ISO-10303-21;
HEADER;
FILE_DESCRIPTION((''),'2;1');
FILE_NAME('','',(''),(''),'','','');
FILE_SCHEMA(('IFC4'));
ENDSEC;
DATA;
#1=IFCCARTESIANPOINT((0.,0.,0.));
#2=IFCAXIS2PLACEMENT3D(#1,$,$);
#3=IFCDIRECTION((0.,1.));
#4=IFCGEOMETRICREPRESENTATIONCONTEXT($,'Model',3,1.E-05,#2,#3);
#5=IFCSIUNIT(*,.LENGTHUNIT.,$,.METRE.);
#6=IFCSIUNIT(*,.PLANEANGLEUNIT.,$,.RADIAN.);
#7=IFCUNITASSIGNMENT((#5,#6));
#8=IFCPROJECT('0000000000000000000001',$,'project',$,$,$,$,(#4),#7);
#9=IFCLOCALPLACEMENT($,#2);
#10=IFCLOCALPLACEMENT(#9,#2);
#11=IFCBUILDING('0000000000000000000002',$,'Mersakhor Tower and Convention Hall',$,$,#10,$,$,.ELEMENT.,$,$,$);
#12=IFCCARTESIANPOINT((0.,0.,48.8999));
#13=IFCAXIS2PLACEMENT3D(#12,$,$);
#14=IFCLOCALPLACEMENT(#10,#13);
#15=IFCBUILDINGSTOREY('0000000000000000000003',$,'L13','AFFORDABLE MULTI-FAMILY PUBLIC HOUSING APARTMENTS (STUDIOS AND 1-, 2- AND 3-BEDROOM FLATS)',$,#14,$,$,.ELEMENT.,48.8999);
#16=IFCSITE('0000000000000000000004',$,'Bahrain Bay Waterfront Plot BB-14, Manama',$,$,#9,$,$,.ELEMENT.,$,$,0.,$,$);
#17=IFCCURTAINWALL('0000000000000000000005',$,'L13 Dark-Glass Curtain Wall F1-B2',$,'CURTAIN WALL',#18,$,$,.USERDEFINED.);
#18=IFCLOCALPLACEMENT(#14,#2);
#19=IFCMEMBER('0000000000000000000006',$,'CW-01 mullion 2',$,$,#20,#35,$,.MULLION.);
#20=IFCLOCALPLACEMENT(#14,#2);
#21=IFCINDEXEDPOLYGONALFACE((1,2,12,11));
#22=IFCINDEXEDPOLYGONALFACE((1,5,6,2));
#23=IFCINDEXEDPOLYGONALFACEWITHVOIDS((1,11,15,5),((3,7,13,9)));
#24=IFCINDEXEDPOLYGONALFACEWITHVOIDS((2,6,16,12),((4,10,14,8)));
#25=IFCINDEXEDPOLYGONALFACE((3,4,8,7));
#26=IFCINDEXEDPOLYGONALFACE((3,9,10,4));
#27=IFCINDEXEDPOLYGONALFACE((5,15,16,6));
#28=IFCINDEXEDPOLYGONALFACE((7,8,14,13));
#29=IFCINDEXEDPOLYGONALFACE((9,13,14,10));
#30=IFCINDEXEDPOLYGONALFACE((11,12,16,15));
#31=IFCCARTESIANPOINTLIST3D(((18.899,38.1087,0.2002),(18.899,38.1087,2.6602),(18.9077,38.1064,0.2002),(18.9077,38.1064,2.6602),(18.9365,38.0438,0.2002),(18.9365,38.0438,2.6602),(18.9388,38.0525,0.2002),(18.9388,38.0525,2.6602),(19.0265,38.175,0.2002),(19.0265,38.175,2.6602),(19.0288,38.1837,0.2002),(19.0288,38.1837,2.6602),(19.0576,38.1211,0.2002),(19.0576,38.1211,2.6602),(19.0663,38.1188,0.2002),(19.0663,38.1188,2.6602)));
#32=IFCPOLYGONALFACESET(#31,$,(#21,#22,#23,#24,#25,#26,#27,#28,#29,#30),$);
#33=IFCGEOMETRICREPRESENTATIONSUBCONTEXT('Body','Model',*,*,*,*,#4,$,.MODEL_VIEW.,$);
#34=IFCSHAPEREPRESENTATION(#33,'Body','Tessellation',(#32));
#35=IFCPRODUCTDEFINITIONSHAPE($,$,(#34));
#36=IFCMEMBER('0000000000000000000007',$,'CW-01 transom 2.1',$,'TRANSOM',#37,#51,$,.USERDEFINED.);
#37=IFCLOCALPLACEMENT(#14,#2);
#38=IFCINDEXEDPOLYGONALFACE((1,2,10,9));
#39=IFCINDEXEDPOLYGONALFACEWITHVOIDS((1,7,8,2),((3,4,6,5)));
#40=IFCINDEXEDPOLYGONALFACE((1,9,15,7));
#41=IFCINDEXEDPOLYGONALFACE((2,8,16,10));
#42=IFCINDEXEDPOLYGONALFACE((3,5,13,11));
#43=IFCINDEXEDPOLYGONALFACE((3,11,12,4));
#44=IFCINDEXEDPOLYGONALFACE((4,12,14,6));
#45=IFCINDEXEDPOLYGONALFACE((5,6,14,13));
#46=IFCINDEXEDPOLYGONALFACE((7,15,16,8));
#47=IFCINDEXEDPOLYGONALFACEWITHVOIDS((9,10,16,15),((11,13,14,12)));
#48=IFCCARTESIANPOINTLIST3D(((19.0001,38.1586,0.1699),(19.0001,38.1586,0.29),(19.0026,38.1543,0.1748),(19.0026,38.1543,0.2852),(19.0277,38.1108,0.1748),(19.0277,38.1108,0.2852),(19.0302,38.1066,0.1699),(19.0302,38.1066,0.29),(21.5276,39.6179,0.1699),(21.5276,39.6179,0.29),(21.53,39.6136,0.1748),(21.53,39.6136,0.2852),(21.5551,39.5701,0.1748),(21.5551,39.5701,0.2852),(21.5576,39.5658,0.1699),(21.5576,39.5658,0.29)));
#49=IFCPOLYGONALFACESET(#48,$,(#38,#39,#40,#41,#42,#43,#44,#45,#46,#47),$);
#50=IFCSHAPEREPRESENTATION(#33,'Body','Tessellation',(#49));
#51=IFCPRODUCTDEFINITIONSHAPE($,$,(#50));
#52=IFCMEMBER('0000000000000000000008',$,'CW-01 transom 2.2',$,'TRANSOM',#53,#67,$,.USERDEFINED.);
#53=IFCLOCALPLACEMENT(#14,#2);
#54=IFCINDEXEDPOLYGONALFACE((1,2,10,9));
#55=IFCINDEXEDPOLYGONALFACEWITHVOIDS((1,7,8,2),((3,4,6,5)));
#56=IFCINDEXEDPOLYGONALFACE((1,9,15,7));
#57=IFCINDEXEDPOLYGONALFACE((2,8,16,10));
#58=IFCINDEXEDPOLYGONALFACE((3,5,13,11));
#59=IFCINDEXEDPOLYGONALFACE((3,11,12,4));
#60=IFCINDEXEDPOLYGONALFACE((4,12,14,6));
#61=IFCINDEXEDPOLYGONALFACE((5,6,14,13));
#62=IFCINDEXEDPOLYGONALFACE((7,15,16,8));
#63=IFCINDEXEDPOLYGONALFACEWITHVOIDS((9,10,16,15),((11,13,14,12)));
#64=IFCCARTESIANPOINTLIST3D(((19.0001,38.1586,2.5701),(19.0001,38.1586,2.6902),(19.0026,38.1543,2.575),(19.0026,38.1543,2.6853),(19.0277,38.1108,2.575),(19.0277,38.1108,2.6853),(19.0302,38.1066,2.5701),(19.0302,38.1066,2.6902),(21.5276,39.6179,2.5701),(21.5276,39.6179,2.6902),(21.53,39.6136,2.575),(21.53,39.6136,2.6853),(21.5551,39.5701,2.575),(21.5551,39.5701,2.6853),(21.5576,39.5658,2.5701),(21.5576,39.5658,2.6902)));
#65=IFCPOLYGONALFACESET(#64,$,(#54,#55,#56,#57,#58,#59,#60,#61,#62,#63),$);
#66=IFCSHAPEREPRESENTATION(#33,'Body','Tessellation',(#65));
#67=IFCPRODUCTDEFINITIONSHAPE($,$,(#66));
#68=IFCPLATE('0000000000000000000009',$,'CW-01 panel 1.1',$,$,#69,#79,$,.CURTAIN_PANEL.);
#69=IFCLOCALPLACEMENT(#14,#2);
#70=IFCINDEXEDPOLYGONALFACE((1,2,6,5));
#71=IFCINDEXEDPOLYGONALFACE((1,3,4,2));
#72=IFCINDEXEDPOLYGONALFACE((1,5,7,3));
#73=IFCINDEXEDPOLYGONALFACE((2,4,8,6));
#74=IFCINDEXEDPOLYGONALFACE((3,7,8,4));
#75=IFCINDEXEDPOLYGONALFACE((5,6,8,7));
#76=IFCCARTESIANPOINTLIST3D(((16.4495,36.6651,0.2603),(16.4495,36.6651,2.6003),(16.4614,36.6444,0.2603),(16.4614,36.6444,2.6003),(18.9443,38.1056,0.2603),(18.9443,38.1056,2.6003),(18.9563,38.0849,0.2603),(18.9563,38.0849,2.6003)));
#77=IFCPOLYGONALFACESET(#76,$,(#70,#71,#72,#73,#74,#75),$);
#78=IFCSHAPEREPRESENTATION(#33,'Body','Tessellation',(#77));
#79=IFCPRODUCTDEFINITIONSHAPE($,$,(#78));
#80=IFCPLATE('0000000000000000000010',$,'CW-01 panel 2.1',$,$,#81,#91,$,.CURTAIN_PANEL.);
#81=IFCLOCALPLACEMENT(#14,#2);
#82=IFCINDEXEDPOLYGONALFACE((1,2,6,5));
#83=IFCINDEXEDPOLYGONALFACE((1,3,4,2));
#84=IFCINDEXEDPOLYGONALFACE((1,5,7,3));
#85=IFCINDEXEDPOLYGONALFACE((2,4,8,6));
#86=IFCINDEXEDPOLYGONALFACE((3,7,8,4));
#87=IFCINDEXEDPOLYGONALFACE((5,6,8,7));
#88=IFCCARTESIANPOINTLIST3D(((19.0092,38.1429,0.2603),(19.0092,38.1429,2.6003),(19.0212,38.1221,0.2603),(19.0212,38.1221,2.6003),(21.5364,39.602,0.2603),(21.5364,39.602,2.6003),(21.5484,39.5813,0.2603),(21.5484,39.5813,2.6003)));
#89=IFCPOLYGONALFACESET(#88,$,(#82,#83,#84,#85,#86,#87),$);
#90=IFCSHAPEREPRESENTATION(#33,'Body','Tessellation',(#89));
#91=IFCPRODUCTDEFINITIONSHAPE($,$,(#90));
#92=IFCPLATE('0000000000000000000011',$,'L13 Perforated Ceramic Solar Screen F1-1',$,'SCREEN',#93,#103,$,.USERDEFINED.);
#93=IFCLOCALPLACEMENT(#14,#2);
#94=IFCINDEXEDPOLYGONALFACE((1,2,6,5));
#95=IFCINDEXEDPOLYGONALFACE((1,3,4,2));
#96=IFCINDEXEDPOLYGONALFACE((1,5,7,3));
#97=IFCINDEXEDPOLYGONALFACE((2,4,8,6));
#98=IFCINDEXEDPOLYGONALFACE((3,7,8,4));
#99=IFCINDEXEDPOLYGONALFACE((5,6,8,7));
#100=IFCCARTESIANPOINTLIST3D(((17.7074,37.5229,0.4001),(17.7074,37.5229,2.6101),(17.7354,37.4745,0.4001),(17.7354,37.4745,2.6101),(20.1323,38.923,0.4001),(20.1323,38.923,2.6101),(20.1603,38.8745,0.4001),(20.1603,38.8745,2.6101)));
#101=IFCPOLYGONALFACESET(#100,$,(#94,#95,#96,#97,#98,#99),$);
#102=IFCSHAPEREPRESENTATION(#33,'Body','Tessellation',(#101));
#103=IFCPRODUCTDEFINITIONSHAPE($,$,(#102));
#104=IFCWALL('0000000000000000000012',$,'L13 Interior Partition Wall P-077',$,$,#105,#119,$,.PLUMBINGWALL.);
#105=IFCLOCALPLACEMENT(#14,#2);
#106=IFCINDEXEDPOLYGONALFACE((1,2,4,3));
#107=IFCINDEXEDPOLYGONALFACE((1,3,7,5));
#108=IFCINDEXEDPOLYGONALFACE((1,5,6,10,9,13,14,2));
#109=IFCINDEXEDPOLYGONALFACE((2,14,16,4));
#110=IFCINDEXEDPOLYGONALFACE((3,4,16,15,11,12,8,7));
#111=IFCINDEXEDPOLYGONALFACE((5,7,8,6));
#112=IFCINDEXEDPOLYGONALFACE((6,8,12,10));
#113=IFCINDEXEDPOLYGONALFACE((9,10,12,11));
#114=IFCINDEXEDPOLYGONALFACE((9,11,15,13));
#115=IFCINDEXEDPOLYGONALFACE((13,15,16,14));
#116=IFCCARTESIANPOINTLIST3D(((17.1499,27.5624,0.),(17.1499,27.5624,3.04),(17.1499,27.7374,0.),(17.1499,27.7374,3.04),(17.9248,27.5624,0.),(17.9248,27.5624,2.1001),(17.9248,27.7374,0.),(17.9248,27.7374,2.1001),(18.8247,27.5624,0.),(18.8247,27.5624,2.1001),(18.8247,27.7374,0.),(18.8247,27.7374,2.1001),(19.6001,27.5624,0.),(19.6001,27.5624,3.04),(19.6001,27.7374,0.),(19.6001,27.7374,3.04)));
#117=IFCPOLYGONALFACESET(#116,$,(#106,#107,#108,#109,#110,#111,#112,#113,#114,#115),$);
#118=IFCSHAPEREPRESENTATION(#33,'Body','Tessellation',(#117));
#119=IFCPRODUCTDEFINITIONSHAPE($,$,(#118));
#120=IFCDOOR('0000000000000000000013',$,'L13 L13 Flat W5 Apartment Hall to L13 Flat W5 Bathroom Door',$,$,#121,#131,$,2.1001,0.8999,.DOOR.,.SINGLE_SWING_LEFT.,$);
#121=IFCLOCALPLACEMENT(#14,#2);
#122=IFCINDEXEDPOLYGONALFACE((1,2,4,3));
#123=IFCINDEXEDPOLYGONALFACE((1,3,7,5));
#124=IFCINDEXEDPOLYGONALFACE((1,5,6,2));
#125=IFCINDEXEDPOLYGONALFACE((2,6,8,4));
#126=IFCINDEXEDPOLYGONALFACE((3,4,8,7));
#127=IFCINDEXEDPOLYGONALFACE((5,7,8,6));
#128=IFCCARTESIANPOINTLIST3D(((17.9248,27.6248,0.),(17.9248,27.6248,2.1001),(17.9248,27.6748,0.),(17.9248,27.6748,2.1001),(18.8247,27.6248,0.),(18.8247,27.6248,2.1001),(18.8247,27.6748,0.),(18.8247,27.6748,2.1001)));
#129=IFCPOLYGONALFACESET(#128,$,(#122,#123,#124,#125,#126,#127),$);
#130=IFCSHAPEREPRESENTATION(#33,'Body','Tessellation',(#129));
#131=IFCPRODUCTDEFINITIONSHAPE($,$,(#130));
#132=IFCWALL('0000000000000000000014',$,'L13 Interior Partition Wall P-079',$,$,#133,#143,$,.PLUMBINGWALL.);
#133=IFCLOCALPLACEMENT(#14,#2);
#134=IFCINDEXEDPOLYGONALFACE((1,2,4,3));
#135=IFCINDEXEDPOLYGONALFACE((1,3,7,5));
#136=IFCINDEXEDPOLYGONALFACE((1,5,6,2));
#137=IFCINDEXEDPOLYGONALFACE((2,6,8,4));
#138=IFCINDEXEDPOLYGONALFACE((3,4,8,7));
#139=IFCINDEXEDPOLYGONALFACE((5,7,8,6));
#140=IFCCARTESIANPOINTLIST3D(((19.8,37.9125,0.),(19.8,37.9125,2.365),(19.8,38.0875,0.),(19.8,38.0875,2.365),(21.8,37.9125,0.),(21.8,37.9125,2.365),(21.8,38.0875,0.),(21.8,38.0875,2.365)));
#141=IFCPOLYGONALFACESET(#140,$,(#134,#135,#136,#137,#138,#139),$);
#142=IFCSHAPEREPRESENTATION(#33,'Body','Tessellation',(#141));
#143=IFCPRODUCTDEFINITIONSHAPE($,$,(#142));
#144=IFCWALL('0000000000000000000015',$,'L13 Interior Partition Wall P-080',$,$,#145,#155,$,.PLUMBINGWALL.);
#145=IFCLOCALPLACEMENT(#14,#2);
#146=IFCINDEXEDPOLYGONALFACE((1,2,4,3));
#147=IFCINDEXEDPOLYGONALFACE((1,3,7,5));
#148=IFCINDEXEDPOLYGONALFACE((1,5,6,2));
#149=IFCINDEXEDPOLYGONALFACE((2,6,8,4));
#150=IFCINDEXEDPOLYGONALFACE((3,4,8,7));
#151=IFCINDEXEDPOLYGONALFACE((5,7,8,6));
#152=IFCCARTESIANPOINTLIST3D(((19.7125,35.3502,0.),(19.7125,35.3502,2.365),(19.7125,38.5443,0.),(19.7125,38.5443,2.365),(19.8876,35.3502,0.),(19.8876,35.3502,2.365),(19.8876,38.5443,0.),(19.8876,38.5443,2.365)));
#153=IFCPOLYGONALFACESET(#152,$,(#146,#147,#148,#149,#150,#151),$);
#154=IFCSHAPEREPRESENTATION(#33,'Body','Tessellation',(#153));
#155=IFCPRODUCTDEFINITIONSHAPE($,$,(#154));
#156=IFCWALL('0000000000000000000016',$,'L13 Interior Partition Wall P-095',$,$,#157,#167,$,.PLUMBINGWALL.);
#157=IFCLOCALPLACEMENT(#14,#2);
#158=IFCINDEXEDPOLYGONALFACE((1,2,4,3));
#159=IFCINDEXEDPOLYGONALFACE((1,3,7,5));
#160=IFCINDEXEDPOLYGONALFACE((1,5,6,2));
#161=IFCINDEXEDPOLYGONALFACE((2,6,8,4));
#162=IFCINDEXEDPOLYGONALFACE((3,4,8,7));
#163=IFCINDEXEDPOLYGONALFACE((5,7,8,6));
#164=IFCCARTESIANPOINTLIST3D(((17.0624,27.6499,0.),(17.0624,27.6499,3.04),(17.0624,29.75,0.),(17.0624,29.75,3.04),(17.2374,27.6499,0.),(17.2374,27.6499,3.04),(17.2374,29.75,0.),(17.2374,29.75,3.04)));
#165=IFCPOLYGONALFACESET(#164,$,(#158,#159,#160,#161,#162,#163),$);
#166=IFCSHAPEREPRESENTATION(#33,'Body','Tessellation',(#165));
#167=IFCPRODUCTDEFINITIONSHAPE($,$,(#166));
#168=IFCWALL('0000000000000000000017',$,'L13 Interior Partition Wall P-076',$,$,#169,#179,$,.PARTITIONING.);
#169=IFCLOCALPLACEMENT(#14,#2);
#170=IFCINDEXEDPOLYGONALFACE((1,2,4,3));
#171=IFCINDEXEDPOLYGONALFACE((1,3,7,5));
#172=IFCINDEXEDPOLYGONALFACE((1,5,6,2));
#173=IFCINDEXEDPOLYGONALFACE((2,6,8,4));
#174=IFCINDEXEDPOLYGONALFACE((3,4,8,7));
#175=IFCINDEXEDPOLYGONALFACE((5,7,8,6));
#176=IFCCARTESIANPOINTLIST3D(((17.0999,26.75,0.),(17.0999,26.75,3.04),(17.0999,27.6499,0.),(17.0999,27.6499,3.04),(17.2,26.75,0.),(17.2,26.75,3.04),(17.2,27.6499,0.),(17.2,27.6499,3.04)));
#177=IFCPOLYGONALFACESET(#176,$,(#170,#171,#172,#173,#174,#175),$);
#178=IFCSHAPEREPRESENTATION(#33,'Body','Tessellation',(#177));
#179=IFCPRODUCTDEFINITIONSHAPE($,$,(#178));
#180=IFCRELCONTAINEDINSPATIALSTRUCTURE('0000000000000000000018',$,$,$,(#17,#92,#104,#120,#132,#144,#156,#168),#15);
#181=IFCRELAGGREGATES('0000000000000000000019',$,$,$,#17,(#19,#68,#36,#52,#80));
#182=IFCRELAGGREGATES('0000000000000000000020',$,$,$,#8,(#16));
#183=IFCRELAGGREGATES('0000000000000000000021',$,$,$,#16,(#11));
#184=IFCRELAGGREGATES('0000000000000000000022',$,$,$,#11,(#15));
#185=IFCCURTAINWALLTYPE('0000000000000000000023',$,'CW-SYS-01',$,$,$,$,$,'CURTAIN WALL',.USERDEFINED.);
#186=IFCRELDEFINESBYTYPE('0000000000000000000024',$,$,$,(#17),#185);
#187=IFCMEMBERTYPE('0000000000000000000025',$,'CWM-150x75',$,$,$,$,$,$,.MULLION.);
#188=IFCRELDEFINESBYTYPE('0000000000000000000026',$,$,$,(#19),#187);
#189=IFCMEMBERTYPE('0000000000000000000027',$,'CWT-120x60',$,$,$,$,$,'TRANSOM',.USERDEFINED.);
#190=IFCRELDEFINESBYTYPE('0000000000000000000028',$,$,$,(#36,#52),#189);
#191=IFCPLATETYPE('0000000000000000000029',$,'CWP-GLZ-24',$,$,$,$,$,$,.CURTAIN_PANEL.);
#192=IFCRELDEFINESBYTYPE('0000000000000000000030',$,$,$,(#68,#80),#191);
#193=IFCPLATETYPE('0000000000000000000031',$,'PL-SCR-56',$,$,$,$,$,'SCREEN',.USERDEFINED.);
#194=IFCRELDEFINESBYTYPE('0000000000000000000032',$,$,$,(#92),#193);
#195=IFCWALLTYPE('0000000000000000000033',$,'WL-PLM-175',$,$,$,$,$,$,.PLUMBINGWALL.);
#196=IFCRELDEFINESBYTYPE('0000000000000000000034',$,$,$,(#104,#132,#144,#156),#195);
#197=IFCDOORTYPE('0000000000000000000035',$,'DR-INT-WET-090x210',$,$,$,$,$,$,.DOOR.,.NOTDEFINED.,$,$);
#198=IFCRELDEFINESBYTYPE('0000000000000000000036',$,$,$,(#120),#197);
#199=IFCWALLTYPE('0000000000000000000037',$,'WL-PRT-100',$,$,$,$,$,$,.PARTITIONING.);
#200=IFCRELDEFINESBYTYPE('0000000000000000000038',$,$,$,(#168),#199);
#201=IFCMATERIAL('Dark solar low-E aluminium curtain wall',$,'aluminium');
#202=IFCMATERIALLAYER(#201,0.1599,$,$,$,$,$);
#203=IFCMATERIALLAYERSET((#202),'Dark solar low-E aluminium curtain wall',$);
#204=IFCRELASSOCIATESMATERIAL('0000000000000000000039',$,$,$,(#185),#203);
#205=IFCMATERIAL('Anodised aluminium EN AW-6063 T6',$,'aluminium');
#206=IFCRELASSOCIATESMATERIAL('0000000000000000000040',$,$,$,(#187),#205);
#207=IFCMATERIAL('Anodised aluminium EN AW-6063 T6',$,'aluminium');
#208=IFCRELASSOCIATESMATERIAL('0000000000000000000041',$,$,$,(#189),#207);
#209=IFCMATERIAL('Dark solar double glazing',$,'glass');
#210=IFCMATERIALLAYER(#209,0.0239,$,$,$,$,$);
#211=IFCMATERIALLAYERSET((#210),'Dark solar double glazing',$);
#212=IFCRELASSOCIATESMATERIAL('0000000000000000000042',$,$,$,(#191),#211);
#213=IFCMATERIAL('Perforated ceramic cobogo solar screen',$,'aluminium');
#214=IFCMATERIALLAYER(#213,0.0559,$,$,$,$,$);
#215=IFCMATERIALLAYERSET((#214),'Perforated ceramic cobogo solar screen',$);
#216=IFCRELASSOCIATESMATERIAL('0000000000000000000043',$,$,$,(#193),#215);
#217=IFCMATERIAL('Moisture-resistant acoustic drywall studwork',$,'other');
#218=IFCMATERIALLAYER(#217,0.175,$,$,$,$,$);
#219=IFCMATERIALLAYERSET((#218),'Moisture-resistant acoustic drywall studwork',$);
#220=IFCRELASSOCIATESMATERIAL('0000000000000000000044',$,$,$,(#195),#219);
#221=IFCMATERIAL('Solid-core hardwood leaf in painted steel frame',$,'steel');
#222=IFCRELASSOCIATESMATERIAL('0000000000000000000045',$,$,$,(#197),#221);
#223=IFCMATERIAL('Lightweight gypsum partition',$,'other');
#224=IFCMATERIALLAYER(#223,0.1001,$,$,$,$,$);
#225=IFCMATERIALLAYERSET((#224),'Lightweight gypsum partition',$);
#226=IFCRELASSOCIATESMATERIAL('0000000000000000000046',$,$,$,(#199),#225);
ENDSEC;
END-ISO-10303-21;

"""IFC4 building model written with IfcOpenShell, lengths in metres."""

from ifc_helpers import new_model, si_unit, direction, frame, frame_2d, origin, origin_2d, place, context, subcontext, project, spatial, rectangle, hollow_rectangle, extrude, material, layer, layer_set, material_profile, profile_set, type_object, element, fill, aggregate, save


model = new_model("IFC4")

# Units and contexts
model_context = context("Model", 3, precision=1e-05, world=origin(), true_north=direction((0.0, 1.0)))
body_context = subcontext(model_context, "Body", "Model", "MODEL_VIEW")
ifc_project = project(units=[si_unit("LENGTHUNIT", "METRE"), si_unit("PLANEANGLEUNIT", "RADIAN")], contexts=[model_context])

# Site, building, storey
site_placement = place(None, origin())
site = spatial("IfcSite", under=ifc_project, at=site_placement, Name="Bahrain Bay Waterfront Plot BB-14, Manama", CompositionType="ELEMENT", RefElevation=0.0)
building_placement = place(site_placement, origin())
building = spatial("IfcBuilding", under=site, at=building_placement, Name="Mersakhor Tower and Convention Hall", CompositionType="ELEMENT")
storey_placement = place(building_placement, frame((0.0, 0.0, 48.8999)))
storey = spatial("IfcBuildingStorey", under=building, at=storey_placement, Name="L13", Description="AFFORDABLE MULTI-FAMILY PUBLIC HOUSING APARTMENTS (STUDIOS AND 1-, 2- AND 3-BEDROOM FLATS)", CompositionType="ELEMENT", Elevation=48.8999)

# Curtain wall, members, plates
ifc_material_1 = material(Name="Dark solar low-E aluminium curtain wall", Category="aluminium")
ifc_layer_1 = layer(ifc_material_1, 0.1599)
ifc_layer_set_1 = layer_set([ifc_layer_1], Name="Dark solar low-E aluminium curtain wall")
curtain_wall_type = type_object("IfcCurtainWallType", Name="CW-SYS-01", ElementType="CURTAIN WALL", PredefinedType="USERDEFINED", material=ifc_layer_set_1)
curtain_wall_placement = place(storey_placement, origin())
curtain_wall = element("IfcCurtainWall", 1, at=curtain_wall_placement, inside=storey, type_object=curtain_wall_type, Name="L13 Dark-Glass Curtain Wall F1-B2", ObjectType="CURTAIN WALL", PredefinedType="USERDEFINED")
ifc_material_2 = material(Name="Anodised aluminium EN AW-6063 T6", Category="aluminium")
ifc_material_profile_1 = material_profile(ifc_material_2, hollow_rectangle(XDim=0.075, YDim=0.1499, WallThickness=0.0063, at=origin_2d()), Name="RHS 150x75x6.3")
ifc_profile_set_1 = profile_set([ifc_material_profile_1], Name="Anodised aluminium EN AW-6063 T6")
member_type_1 = type_object("IfcMemberType", Name="CWM-150x75", PredefinedType="MULLION", material=ifc_profile_set_1)
member_1_placement = place(storey_placement, frame((18.9827, 38.1138, 0.2002), z_axis=(0.0, 0.0, 1.0), x_axis=(-0.500003, 0.866023, 0.0)))
member_1 = element("IfcMember", 2, at=member_1_placement, type_object=member_type_1, Name="CW-01 mullion 2", PredefinedType="MULLION", context=body_context, shape_type="SweptSolid", body=[
    extrude(hollow_rectangle(XDim=0.075, YDim=0.1499, WallThickness=0.0063, at=origin_2d()), origin(), (0.0, 0.0, 1.0), 2.46),
])
ifc_material_3 = material(Name="Anodised aluminium EN AW-6063 T6", Category="aluminium")
ifc_material_profile_2 = material_profile(ifc_material_3, hollow_rectangle(XDim=0.0601, YDim=0.1201, WallThickness=0.0049, at=origin_2d()), Name="RHS 120x60x5")
ifc_profile_set_2 = profile_set([ifc_material_profile_2], Name="Anodised aluminium EN AW-6063 T6")
member_type_2 = type_object("IfcMemberType", Name="CWT-120x60", ElementType="TRANSOM", PredefinedType="USERDEFINED", material=ifc_profile_set_2)
member_2_placement = place(storey_placement, frame((19.0151, 38.1326, 0.23), z_axis=(0.866016, 0.500017, 0.0), x_axis=(-0.500017, 0.866016, 0.0)))
member_2 = element("IfcMember", 3, at=member_2_placement, type_object=member_type_2, Name="CW-01 transom 2.1", ObjectType="TRANSOM", PredefinedType="USERDEFINED", context=body_context, shape_type="SweptSolid", body=[
    extrude(hollow_rectangle(XDim=0.0601, YDim=0.1201, WallThickness=0.0049, at=origin_2d()), origin(), (0.0, 0.0, 1.0), 2.9185),
])
member_3_placement = place(storey_placement, frame((19.0151, 38.1326, 2.6301), z_axis=(0.866016, 0.500017, 0.0), x_axis=(-0.500017, 0.866016, 0.0)))
member_3 = element("IfcMember", 4, at=member_3_placement, type_object=member_type_2, Name="CW-01 transom 2.2", ObjectType="TRANSOM", PredefinedType="USERDEFINED", context=body_context, shape_type="SweptSolid", body=[
    extrude(hollow_rectangle(XDim=0.0601, YDim=0.1201, WallThickness=0.0049, at=origin_2d()), origin(), (0.0, 0.0, 1.0), 2.9185),
])
ifc_material_4 = material(Name="Dark solar double glazing", Category="glass")
ifc_layer_2 = layer(ifc_material_4, 0.0239)
ifc_layer_set_2 = layer_set([ifc_layer_2], Name="Dark solar double glazing")
plate_type_1 = type_object("IfcPlateType", Name="CWP-GLZ-24", PredefinedType="CURTAIN_PANEL", material=ifc_layer_set_2)
plate_1_placement = place(storey_placement, frame((17.7029, 37.375, 0.2603), z_axis=(0.0, 0.0, 1.0), x_axis=(0.866023, 0.500003, 0.0)))
plate_1 = element("IfcPlate", 5, at=plate_1_placement, type_object=plate_type_1, Name="CW-01 panel 1.1", PredefinedType="CURTAIN_PANEL", context=body_context, shape_type="SweptSolid", body=[
    extrude(rectangle(XDim=2.8809, YDim=0.0239, at=origin_2d()), origin(), (0.0, 0.0, 1.0), 2.3401),
])
plate_2_placement = place(storey_placement, frame((20.2788, 38.8621, 0.2603), z_axis=(0.0, 0.0, 1.0), x_axis=(0.866023, 0.500003, 0.0)))
plate_2 = element("IfcPlate", 6, at=plate_2_placement, type_object=plate_type_1, Name="CW-01 panel 2.1", PredefinedType="CURTAIN_PANEL", context=body_context, shape_type="SweptSolid", body=[
    extrude(rectangle(XDim=2.9182, YDim=0.0239, at=origin_2d()), origin(), (0.0, 0.0, 1.0), 2.3401),
])
aggregate(curtain_wall, [member_1, plate_1, member_2, member_3, plate_2])

# Plate
ifc_material_5 = material(Name="Perforated ceramic cobogo solar screen", Category="aluminium")
ifc_layer_3 = layer(ifc_material_5, 0.0559)
ifc_layer_set_3 = layer_set([ifc_layer_3], Name="Perforated ceramic cobogo solar screen")
plate_type_2 = type_object("IfcPlateType", Name="PL-SCR-56", ElementType="SCREEN", PredefinedType="USERDEFINED", material=ifc_layer_set_3)
plate_3_placement = place(storey_placement, frame((18.9338, 38.1987, 0.4001), z_axis=(0.0, 0.0, 1.0), x_axis=(0.866025, 0.5, 0.0)))
element("IfcPlate", 7, at=plate_3_placement, inside=storey, type_object=plate_type_2, Name="L13 Perforated Ceramic Solar Screen F1-1", ObjectType="SCREEN", PredefinedType="USERDEFINED", context=body_context, shape_type="SweptSolid", body=[
    extrude(rectangle(XDim=2.8, YDim=0.0559, at=origin_2d()), origin(), (0.0, 0.0, 1.0), 2.21),
])

# Wall, opening, door
ifc_material_6 = material(Name="Moisture-resistant acoustic drywall studwork", Category="other")
ifc_layer_4 = layer(ifc_material_6, 0.175)
ifc_layer_set_4 = layer_set([ifc_layer_4], Name="Moisture-resistant acoustic drywall studwork")
wall_type_1 = type_object("IfcWallType", Name="WL-PLM-175", PredefinedType="PLUMBINGWALL", material=ifc_layer_set_4)
wall_1_placement = place(storey_placement, frame((17.1499, 27.6499, 0.0), z_axis=(0.0, 0.0, 1.0), x_axis=(1.0, 0.0, 0.0)))
wall_1 = element("IfcWall", 8, at=wall_1_placement, inside=storey, type_object=wall_type_1, Name="L13 Interior Partition Wall P-077", PredefinedType="PLUMBINGWALL", context=body_context, shape_type="SweptSolid", body=[
    extrude(rectangle(XDim=2.4502, YDim=0.175, at=frame_2d((1.2251, 0.0))), origin(), (0.0, 0.0, 1.0), 3.04),
])
opening_1_placement = place(wall_1_placement, frame((0.7749, 0.0, 0.0)))
opening_1 = element("IfcOpeningElement", 9, at=opening_1_placement, cuts=wall_1, PredefinedType="OPENING", context=body_context, shape_type="SweptSolid", body=[
    extrude(rectangle(XDim=0.8999, YDim=2.1001, at=frame_2d((0.45, 1.05))), frame((0.0, 0.0974, 0.0), z_axis=(0.0, -1.0, 0.0), x_axis=(1.0, 0.0, 0.0)), (0.0, 0.0, 1.0), 0.1951),
])
ifc_material_7 = material(Name="Solid-core hardwood leaf in painted steel frame", Category="steel")
door_type_1 = type_object("IfcDoorType", Name="DR-INT-WET-090x210", OperationType="NOTDEFINED", PredefinedType="DOOR", material=ifc_material_7)
door_1_placement = place(opening_1_placement, origin())
door_1 = element("IfcDoor", 10, at=door_1_placement, inside=storey, type_object=door_type_1, Name="L13 L13 Flat W5 Apartment Hall to L13 Flat W5 Bathroom Door", OperationType="SINGLE_SWING_LEFT", OverallHeight=2.1001, OverallWidth=0.8999, PredefinedType="DOOR", context=body_context, shape_type="SweptSolid", body=[
    extrude(rectangle(XDim=0.8999, YDim=2.1001, at=frame_2d((0.45, 1.05))), frame((0.0, 0.0249, 0.0), z_axis=(0.0, -1.0, 0.0), x_axis=(1.0, 0.0, 0.0)), (0.0, 0.0, 1.0), 0.05),
])
fill(opening_1, door_1)

# Walls
wall_2_placement = place(storey_placement, frame((19.8, 38.0, 0.0), z_axis=(0.0, 0.0, 1.0), x_axis=(1.0, 0.0, 0.0)))
element("IfcWall", 11, at=wall_2_placement, inside=storey, type_object=wall_type_1, Name="L13 Interior Partition Wall P-079", PredefinedType="PLUMBINGWALL", context=body_context, shape_type="SweptSolid", body=[
    extrude(rectangle(XDim=2.0, YDim=0.175, at=frame_2d((1.0, 0.0))), origin(), (0.0, 0.0, 1.0), 2.365),
])
wall_3_placement = place(storey_placement, frame((19.8, 35.3501, 0.0), z_axis=(0.0, 0.0, 1.0), x_axis=(0.0, 1.0, 0.0)))
element("IfcWall", 12, at=wall_3_placement, inside=storey, type_object=wall_type_1, Name="L13 Interior Partition Wall P-080", PredefinedType="PLUMBINGWALL", context=body_context, shape_type="SweptSolid", body=[
    extrude(rectangle(XDim=3.1941, YDim=0.175, at=frame_2d((1.5972, 0.0))), origin(), (0.0, 0.0, 1.0), 2.365),
])
wall_4_placement = place(storey_placement, frame((17.1499, 27.6499, 0.0), z_axis=(0.0, 0.0, 1.0), x_axis=(0.0, 1.0, 0.0)))
element("IfcWall", 13, at=wall_4_placement, inside=storey, type_object=wall_type_1, Name="L13 Interior Partition Wall P-095", PredefinedType="PLUMBINGWALL", context=body_context, shape_type="SweptSolid", body=[
    extrude(rectangle(XDim=2.1001, YDim=0.175, at=frame_2d((1.05, 0.0))), origin(), (0.0, 0.0, 1.0), 3.04),
])
ifc_material_8 = material(Name="Lightweight gypsum partition", Category="other")
ifc_layer_5 = layer(ifc_material_8, 0.1001)
ifc_layer_set_5 = layer_set([ifc_layer_5], Name="Lightweight gypsum partition")
wall_type_2 = type_object("IfcWallType", Name="WL-PRT-100", PredefinedType="PARTITIONING", material=ifc_layer_set_5)
wall_5_placement = place(storey_placement, frame((17.1499, 26.75, 0.0), z_axis=(0.0, 0.0, 1.0), x_axis=(0.0, 1.0, 0.0)))
element("IfcWall", 14, at=wall_5_placement, inside=storey, type_object=wall_type_2, Name="L13 Interior Partition Wall P-076", PredefinedType="PARTITIONING", context=body_context, shape_type="SweptSolid", body=[
    extrude(rectangle(XDim=0.8999, YDim=0.1001, at=frame_2d((0.45, 0.0))), origin(), (0.0, 0.0, 1.0), 3.04),
])

save(model, "model.ifc")
